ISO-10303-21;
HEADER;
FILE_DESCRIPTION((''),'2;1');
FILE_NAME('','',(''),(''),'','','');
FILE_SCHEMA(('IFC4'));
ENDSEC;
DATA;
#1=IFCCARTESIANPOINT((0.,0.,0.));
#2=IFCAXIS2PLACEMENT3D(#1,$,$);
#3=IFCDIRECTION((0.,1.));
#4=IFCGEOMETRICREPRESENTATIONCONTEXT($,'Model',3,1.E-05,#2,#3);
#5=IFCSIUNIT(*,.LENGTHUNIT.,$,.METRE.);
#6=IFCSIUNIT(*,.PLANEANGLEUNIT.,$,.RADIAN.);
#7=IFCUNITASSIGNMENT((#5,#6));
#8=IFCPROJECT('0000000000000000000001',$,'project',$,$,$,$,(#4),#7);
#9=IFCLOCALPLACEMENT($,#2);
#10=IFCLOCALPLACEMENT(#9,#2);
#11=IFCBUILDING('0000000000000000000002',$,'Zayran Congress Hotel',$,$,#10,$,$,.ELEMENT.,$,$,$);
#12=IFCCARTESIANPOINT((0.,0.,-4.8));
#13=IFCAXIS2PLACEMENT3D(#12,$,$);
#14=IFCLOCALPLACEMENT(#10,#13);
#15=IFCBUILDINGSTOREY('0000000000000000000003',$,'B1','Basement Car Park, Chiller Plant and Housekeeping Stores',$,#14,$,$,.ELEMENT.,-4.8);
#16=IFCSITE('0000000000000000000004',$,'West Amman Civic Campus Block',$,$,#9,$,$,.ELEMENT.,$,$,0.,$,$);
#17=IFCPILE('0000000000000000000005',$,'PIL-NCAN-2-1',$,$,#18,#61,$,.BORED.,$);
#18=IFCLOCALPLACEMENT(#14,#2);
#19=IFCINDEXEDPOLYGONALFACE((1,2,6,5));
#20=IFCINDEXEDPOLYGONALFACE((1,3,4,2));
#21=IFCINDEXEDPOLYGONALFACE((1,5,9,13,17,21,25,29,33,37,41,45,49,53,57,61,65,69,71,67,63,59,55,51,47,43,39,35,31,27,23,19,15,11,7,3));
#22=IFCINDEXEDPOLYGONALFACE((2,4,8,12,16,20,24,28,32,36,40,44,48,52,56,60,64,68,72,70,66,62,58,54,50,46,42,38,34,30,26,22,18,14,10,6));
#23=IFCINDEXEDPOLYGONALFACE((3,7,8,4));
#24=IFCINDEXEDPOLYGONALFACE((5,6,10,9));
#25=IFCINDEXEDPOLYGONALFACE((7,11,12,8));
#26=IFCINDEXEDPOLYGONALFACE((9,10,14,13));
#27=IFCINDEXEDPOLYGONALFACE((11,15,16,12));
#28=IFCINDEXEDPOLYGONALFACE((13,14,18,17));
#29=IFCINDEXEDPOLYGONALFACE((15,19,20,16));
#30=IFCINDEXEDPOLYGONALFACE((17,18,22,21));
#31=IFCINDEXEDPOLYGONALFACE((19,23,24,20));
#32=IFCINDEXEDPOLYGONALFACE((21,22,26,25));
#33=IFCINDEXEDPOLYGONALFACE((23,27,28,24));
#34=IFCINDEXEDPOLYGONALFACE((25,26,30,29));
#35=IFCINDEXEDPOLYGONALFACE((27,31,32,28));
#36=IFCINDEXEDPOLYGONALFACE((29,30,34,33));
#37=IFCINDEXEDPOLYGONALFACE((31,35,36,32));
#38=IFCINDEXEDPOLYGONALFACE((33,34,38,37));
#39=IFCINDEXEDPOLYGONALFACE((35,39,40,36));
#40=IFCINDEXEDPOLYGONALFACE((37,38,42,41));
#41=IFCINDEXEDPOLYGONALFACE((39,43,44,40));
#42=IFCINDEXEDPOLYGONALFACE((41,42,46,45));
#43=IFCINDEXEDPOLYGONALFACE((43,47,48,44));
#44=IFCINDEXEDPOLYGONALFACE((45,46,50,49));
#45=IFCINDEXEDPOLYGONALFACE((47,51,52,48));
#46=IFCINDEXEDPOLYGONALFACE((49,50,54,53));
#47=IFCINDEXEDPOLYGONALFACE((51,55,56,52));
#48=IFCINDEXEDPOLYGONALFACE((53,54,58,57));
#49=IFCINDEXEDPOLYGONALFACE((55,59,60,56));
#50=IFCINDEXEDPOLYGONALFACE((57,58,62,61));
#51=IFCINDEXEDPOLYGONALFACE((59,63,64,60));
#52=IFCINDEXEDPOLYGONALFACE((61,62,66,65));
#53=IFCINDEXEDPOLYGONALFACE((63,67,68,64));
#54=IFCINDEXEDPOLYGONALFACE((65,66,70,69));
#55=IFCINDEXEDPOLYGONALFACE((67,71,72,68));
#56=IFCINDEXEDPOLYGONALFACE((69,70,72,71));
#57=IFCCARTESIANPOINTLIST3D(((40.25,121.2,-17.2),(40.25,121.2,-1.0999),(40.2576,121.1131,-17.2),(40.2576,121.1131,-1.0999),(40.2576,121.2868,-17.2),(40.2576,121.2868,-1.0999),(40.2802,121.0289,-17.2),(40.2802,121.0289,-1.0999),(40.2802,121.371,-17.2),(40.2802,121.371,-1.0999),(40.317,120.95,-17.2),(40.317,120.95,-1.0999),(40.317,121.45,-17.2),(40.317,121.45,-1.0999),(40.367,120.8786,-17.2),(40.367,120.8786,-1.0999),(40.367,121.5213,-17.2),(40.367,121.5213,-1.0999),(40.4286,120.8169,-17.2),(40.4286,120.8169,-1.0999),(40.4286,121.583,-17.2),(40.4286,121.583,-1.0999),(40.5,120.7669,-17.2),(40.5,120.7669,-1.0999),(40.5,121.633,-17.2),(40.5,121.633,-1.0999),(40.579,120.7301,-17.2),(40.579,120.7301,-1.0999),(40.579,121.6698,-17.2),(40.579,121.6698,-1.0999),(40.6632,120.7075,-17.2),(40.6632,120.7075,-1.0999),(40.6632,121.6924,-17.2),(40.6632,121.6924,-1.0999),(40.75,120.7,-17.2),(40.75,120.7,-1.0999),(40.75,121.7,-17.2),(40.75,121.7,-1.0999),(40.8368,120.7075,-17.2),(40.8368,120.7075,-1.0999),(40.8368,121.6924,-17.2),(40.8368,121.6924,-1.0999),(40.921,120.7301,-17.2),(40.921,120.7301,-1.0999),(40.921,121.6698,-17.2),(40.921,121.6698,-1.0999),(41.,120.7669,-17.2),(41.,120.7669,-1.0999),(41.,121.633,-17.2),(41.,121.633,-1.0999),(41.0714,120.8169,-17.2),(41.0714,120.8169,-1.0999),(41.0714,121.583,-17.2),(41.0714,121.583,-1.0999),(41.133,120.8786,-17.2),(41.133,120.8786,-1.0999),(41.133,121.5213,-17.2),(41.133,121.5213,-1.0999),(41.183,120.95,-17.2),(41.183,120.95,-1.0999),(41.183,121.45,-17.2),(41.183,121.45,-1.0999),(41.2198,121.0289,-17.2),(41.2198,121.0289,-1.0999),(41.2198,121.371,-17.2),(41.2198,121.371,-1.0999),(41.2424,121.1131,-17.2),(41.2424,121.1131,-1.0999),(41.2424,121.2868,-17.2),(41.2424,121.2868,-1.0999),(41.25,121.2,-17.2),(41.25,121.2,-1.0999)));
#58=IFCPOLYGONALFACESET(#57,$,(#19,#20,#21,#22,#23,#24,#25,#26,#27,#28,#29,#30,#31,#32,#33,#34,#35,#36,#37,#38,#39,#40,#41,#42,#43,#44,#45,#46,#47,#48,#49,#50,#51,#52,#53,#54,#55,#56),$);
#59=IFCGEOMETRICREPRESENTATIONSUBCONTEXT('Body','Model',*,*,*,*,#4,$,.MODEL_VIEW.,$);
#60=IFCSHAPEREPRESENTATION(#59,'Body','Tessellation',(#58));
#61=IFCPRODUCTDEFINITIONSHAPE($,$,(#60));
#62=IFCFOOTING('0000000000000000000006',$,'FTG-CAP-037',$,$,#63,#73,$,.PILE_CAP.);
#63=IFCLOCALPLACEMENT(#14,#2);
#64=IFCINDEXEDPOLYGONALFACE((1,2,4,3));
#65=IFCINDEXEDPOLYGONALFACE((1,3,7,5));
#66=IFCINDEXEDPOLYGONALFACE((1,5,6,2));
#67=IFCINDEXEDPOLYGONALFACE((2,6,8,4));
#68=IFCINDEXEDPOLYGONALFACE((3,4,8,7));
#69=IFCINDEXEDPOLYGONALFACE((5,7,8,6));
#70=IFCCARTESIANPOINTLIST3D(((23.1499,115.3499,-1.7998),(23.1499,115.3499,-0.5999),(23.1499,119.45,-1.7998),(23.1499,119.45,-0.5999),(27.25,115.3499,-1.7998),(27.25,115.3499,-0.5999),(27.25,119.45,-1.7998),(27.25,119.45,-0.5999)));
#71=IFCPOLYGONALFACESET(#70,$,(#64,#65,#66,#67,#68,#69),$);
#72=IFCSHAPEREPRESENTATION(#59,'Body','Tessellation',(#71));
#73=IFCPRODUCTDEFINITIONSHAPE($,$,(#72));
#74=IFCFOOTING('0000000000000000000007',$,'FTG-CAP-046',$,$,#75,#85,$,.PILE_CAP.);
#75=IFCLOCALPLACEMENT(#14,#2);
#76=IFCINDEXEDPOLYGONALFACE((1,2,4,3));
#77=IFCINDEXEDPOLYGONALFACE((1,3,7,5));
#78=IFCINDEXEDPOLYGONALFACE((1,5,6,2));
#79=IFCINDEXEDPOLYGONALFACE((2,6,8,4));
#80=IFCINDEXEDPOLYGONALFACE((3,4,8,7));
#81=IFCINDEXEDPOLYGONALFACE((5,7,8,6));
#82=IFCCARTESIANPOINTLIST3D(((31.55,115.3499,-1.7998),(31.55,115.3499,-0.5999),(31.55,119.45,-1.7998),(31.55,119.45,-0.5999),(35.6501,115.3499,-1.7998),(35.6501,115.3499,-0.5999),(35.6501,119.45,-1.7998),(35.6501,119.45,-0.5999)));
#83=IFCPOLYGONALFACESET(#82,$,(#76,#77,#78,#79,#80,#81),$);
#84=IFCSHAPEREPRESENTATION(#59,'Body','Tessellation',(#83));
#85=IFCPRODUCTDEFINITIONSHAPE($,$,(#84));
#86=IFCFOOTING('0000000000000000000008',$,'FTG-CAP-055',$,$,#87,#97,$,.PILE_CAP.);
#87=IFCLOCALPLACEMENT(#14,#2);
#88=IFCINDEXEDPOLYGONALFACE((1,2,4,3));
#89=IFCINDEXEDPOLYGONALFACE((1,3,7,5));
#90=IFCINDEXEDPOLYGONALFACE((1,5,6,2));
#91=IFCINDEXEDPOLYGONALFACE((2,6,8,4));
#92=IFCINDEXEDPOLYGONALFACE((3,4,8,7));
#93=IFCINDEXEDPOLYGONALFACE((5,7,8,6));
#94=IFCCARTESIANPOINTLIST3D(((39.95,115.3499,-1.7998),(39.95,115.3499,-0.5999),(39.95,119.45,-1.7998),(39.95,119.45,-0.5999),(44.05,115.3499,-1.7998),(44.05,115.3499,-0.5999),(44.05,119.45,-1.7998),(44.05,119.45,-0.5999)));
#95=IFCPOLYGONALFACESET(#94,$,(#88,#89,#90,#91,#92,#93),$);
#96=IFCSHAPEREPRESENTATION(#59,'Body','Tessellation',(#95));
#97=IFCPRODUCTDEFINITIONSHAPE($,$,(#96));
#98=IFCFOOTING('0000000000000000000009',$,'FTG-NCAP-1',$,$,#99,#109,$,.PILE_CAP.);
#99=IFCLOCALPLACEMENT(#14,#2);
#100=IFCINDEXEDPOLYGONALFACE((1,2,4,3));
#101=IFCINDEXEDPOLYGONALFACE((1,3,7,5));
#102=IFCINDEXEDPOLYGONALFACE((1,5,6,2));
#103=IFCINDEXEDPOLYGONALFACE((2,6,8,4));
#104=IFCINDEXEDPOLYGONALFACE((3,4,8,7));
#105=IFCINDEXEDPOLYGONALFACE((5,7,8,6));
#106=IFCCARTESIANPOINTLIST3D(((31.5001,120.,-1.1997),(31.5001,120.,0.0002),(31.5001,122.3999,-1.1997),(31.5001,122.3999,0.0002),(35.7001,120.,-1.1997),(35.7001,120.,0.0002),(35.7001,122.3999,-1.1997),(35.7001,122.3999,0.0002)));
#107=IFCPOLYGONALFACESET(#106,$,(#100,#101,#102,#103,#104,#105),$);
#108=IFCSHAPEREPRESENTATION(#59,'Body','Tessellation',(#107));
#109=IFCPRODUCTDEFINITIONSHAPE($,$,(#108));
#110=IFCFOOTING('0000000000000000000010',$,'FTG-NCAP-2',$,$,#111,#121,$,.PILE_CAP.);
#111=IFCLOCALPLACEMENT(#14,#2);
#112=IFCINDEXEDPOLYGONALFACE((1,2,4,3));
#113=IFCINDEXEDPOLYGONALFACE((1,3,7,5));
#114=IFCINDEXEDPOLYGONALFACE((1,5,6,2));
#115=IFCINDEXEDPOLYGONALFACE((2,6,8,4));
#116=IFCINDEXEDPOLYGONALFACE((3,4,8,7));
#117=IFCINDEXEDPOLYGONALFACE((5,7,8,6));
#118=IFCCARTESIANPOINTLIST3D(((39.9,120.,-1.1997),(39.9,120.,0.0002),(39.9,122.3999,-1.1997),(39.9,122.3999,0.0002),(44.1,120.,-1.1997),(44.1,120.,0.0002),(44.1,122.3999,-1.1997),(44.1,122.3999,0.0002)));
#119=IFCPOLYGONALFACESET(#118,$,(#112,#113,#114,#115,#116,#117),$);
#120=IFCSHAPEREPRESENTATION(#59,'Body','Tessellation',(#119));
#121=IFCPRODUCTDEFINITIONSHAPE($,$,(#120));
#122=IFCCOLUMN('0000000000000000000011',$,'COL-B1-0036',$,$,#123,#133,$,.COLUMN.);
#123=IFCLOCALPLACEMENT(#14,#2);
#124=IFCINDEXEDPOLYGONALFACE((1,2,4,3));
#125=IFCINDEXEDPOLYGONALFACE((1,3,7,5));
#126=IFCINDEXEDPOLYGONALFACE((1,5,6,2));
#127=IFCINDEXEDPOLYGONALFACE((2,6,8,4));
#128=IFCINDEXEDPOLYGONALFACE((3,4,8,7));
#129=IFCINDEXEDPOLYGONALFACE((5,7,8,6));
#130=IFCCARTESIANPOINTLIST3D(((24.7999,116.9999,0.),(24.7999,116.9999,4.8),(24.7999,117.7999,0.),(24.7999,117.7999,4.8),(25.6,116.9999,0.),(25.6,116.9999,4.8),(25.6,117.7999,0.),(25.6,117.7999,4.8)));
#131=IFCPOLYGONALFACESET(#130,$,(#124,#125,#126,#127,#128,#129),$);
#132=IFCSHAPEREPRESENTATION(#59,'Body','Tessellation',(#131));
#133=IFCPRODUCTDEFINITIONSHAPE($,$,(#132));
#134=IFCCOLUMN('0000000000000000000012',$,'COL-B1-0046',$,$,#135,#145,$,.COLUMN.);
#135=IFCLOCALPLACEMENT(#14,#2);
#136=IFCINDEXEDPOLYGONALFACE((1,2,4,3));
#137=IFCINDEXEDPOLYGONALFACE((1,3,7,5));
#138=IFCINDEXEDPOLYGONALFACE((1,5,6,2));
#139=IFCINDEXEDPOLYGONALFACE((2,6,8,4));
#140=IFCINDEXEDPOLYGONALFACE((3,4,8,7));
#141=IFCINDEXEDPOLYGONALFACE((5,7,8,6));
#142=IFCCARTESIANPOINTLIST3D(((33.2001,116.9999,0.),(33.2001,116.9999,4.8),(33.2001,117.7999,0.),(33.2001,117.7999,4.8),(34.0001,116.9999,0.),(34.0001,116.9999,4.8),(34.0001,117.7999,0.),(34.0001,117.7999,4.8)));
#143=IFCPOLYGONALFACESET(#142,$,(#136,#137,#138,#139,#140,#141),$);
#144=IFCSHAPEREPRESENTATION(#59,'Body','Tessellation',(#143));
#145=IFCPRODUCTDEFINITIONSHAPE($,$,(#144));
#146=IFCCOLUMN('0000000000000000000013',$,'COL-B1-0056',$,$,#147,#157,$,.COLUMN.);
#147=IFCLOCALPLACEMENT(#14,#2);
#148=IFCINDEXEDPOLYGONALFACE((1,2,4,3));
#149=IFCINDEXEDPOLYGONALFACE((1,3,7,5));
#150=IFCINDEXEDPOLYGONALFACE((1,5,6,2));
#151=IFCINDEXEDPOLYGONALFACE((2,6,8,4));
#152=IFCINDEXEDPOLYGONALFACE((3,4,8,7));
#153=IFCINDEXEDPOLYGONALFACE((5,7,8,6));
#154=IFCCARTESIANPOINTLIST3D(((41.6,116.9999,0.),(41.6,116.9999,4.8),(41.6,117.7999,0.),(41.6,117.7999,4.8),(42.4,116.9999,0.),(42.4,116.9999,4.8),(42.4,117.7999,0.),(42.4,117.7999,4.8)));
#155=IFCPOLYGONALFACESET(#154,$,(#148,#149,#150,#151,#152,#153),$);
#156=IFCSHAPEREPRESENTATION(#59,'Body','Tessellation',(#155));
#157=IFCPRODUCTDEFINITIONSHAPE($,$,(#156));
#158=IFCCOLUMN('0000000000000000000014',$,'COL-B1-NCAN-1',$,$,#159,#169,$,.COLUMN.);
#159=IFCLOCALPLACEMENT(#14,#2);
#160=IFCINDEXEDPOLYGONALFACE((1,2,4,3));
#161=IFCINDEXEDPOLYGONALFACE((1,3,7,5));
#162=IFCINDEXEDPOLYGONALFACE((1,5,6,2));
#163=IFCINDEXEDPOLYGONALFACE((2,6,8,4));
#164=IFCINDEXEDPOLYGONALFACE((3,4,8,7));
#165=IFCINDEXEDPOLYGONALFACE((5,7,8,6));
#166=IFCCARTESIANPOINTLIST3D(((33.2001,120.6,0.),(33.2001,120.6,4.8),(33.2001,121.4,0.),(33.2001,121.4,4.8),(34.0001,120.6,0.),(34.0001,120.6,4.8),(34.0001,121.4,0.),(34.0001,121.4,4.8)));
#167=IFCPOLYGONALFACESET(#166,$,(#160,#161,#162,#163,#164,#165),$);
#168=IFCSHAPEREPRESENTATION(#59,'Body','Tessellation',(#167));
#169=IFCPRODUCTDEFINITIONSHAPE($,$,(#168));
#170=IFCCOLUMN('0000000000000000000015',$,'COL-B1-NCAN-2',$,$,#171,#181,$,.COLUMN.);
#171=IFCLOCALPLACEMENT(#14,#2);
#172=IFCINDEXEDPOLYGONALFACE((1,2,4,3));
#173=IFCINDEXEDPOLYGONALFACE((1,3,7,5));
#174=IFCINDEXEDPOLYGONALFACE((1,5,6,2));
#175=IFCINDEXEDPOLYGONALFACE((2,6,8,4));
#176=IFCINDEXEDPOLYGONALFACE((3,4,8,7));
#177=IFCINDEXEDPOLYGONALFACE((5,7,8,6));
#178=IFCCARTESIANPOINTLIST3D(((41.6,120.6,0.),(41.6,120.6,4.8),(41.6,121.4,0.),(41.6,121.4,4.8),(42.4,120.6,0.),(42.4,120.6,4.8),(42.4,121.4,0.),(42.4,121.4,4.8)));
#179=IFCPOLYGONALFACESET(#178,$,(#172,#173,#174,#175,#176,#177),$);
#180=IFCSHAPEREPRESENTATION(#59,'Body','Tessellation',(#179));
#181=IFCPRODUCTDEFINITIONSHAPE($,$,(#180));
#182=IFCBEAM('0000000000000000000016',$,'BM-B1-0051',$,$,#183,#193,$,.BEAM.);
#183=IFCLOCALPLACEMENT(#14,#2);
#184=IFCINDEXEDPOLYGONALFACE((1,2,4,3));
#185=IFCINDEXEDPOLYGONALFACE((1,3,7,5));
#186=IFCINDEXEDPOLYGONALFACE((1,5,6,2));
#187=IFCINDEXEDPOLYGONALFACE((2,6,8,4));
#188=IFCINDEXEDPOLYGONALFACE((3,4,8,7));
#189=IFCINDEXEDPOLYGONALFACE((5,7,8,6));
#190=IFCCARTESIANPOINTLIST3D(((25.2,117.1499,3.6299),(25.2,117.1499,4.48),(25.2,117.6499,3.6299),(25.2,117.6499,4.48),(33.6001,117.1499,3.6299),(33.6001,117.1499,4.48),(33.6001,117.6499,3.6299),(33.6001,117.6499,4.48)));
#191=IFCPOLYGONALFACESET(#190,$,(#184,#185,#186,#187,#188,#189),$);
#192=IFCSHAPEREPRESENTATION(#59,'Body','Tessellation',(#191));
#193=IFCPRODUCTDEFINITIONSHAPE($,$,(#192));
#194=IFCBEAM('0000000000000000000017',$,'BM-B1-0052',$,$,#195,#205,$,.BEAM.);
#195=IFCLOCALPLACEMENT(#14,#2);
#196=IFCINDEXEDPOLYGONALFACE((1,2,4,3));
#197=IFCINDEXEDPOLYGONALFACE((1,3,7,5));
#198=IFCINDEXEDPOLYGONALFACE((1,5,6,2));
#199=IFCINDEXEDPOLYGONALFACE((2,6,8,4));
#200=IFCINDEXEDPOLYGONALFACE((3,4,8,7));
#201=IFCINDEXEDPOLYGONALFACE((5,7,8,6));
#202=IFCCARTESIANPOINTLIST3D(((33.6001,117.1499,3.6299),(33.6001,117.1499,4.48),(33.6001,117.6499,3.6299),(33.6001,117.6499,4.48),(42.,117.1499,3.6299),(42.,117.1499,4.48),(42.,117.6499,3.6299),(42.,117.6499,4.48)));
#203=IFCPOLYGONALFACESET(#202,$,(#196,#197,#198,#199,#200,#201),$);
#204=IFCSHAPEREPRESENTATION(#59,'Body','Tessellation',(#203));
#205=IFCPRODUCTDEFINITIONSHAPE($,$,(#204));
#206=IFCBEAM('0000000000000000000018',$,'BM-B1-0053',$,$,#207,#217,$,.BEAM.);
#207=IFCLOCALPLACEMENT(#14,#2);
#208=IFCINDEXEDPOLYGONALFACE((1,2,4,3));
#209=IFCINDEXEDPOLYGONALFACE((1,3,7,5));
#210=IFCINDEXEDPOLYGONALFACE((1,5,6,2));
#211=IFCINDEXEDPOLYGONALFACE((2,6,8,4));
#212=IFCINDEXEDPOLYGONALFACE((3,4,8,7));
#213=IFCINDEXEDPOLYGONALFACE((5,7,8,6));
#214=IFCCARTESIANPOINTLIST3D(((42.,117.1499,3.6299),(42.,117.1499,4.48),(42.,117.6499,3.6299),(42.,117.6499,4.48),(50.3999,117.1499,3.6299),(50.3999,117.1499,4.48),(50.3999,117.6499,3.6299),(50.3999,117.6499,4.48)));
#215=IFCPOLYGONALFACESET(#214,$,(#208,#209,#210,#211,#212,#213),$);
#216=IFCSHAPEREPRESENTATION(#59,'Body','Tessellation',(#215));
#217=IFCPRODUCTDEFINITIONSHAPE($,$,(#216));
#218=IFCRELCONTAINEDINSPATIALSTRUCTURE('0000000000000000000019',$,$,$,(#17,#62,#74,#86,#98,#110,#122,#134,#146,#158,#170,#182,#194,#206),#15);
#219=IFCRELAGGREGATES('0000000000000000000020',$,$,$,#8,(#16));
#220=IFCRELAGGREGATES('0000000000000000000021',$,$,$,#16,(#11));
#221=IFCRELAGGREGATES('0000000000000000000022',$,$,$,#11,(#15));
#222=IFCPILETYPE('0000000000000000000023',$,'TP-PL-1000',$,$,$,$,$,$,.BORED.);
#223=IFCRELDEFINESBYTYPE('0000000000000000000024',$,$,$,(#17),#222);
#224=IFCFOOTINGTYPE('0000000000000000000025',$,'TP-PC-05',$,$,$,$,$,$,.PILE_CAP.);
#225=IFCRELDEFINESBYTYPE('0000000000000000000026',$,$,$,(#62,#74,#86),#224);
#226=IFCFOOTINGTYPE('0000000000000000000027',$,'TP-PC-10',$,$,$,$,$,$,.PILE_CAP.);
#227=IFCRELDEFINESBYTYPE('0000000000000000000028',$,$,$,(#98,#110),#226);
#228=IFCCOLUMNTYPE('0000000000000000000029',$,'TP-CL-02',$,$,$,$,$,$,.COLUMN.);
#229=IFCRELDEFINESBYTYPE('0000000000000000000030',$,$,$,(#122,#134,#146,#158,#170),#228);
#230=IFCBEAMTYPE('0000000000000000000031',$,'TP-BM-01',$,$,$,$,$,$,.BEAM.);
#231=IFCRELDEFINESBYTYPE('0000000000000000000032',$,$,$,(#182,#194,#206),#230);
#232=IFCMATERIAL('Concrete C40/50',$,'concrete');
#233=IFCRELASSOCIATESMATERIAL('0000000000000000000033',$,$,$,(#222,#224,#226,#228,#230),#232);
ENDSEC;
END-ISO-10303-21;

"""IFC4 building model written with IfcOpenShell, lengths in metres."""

from ifc_helpers import new_model, si_unit, direction, frame, origin, origin_2d, place, context, subcontext, project, spatial, rectangle, circle, extrude, material, material_profile, profile_set, type_object, element, save


model = new_model("IFC4")

# Units and contexts
model_context = context("Model", 3, precision=1e-05, world=origin(), true_north=direction((0.0, 1.0)))
body_context = subcontext(model_context, "Body", "Model", "MODEL_VIEW")
ifc_project = project(units=[si_unit("LENGTHUNIT", "METRE"), si_unit("PLANEANGLEUNIT", "RADIAN")], contexts=[model_context])

# Site, building, storey
site_placement = place(None, origin())
site = spatial("IfcSite", under=ifc_project, at=site_placement, Name="West Amman Civic Campus Block", CompositionType="ELEMENT", RefElevation=0.0)
building_placement = place(site_placement, origin())
building = spatial("IfcBuilding", under=site, at=building_placement, Name="Zayran Congress Hotel", CompositionType="ELEMENT")
storey_placement = place(building_placement, frame((0.0, 0.0, -4.8)))
storey = spatial("IfcBuildingStorey", under=building, at=storey_placement, Name="B1", Description="Basement Car Park, Chiller Plant and Housekeeping Stores", CompositionType="ELEMENT", Elevation=-4.8)

# Pile
ifc_material = material(Name="Concrete C40/50", Category="concrete")
ifc_material_profile_1 = material_profile(ifc_material, circle(Radius=0.5, at=origin_2d()), Name="PILE D1000")
ifc_profile_set_1 = profile_set([ifc_material_profile_1], Name="Concrete C40/50")
pile_type = type_object("IfcPileType", Name="TP-PL-1000", PredefinedType="BORED", material=ifc_profile_set_1)
for number, where, z_axis, x_axis, name in (
    (1, (40.75, 121.2, -1.0999), (0.0, 0.0, -1.0), (1.0, 0.0, 0.0), "PIL-NCAN-2-1"),
):
    element("IfcPile", number, at=place(storey_placement, frame(where, z_axis=z_axis, x_axis=x_axis)), inside=storey, type_object=pile_type, Name=name, PredefinedType="BORED", context=body_context, shape_type="SweptSolid", body=[
        extrude(circle(Radius=0.5, at=origin_2d()), origin(), (0.0, 0.0, 1.0), 16.1001),
    ])

# Footings
footing_type_1 = type_object("IfcFootingType", Name="TP-PC-05", PredefinedType="PILE_CAP", material=ifc_material)
for number, where, z_axis, x_axis, name in (
    (2, (25.2, 117.3999, -1.7998), (0.0, 0.0, 1.0), (1.0, 0.0, 0.0), "FTG-CAP-037"),
    (3, (33.6001, 117.3999, -1.7998), (0.0, 0.0, 1.0), (1.0, 0.0, 0.0), "FTG-CAP-046"),
    (4, (42.0, 117.3999, -1.7998), (0.0, 0.0, 1.0), (1.0, 0.0, 0.0), "FTG-CAP-055"),
):
    element("IfcFooting", number, at=place(storey_placement, frame(where, z_axis=z_axis, x_axis=x_axis)), inside=storey, type_object=footing_type_1, Name=name, PredefinedType="PILE_CAP", context=body_context, shape_type="SweptSolid", body=[
        extrude(rectangle(XDim=4.1001, YDim=4.1001, at=origin_2d()), origin(), (0.0, 0.0, 1.0), 1.2),
    ])
footing_type_2 = type_object("IfcFootingType", Name="TP-PC-10", PredefinedType="PILE_CAP", material=ifc_material)
for number, where, z_axis, x_axis, name in (
    (5, (33.6001, 121.2, -1.1997), (0.0, 0.0, 1.0), (1.0, 0.0, 0.0), "FTG-NCAP-1"),
    (6, (42.0, 121.2, -1.1997), (0.0, 0.0, 1.0), (1.0, 0.0, 0.0), "FTG-NCAP-2"),
):
    element("IfcFooting", number, at=place(storey_placement, frame(where, z_axis=z_axis, x_axis=x_axis)), inside=storey, type_object=footing_type_2, Name=name, PredefinedType="PILE_CAP", context=body_context, shape_type="SweptSolid", body=[
        extrude(rectangle(XDim=4.2, YDim=2.3999, at=origin_2d()), origin(), (0.0, 0.0, 1.0), 1.2),
    ])

# Columns
ifc_material_profile_2 = material_profile(ifc_material, rectangle(XDim=0.8, YDim=0.8, at=origin_2d()), Name="RC 800x800")
ifc_profile_set_2 = profile_set([ifc_material_profile_2], Name="Concrete C40/50")
column_type = type_object("IfcColumnType", Name="TP-CL-02", PredefinedType="COLUMN", material=ifc_profile_set_2)
for number, where, z_axis, x_axis, name in (
    (7, (25.2, 117.3999, 0.0), (0.0, 0.0, 1.0), (1.0, 0.0, 0.0), "COL-B1-0036"),
    (8, (33.6001, 117.3999, 0.0), (0.0, 0.0, 1.0), (1.0, 0.0, 0.0), "COL-B1-0046"),
    (9, (42.0, 117.3999, 0.0), (0.0, 0.0, 1.0), (1.0, 0.0, 0.0), "COL-B1-0056"),
    (10, (33.6001, 121.0, 0.0), (0.0, 0.0, 1.0), (1.0, 0.0, 0.0), "COL-B1-NCAN-1"),
    (11, (42.0, 121.0, 0.0), (0.0, 0.0, 1.0), (1.0, 0.0, 0.0), "COL-B1-NCAN-2"),
):
    element("IfcColumn", number, at=place(storey_placement, frame(where, z_axis=z_axis, x_axis=x_axis)), inside=storey, type_object=column_type, Name=name, PredefinedType="COLUMN", context=body_context, shape_type="SweptSolid", body=[
        extrude(rectangle(XDim=0.8, YDim=0.8, at=origin_2d()), origin(), (0.0, 0.0, 1.0), 4.8),
    ])

# Beams
ifc_material_profile_3 = material_profile(ifc_material, rectangle(XDim=0.5, YDim=0.8501, at=origin_2d()), Name="RC 500x850")
ifc_profile_set_3 = profile_set([ifc_material_profile_3], Name="Concrete C40/50")
beam_type = type_object("IfcBeamType", Name="TP-BM-01", PredefinedType="BEAM", material=ifc_profile_set_3)
beam_placement = place(storey_placement, frame((25.2, 117.3999, 4.0549), z_axis=(1.0, 0.0, 0.0), x_axis=(0.0, 1.0, 0.0)))
element("IfcBeam", 12, at=beam_placement, inside=storey, type_object=beam_type, Name="BM-B1-0051", PredefinedType="BEAM", context=body_context, shape_type="SweptSolid", body=[
    extrude(rectangle(XDim=0.5, YDim=0.8501, at=origin_2d()), origin(), (0.0, 0.0, 1.0), 8.4001),
])
for number, where, z_axis, x_axis, name in (
    (13, (33.6001, 117.3999, 4.0549), (1.0, 0.0, 0.0), (0.0, 1.0, 0.0), "BM-B1-0052"),
    (14, (42.0, 117.3999, 4.0549), (1.0, 0.0, 0.0), (0.0, 1.0, 0.0), "BM-B1-0053"),
):
    element("IfcBeam", number, at=place(storey_placement, frame(where, z_axis=z_axis, x_axis=x_axis)), inside=storey, type_object=beam_type, Name=name, PredefinedType="BEAM", context=body_context, shape_type="SweptSolid", body=[
        extrude(rectangle(XDim=0.5, YDim=0.8501, at=origin_2d()), origin(), (0.0, 0.0, 1.0), 8.3999),
    ])

save(model, "model.ifc")
